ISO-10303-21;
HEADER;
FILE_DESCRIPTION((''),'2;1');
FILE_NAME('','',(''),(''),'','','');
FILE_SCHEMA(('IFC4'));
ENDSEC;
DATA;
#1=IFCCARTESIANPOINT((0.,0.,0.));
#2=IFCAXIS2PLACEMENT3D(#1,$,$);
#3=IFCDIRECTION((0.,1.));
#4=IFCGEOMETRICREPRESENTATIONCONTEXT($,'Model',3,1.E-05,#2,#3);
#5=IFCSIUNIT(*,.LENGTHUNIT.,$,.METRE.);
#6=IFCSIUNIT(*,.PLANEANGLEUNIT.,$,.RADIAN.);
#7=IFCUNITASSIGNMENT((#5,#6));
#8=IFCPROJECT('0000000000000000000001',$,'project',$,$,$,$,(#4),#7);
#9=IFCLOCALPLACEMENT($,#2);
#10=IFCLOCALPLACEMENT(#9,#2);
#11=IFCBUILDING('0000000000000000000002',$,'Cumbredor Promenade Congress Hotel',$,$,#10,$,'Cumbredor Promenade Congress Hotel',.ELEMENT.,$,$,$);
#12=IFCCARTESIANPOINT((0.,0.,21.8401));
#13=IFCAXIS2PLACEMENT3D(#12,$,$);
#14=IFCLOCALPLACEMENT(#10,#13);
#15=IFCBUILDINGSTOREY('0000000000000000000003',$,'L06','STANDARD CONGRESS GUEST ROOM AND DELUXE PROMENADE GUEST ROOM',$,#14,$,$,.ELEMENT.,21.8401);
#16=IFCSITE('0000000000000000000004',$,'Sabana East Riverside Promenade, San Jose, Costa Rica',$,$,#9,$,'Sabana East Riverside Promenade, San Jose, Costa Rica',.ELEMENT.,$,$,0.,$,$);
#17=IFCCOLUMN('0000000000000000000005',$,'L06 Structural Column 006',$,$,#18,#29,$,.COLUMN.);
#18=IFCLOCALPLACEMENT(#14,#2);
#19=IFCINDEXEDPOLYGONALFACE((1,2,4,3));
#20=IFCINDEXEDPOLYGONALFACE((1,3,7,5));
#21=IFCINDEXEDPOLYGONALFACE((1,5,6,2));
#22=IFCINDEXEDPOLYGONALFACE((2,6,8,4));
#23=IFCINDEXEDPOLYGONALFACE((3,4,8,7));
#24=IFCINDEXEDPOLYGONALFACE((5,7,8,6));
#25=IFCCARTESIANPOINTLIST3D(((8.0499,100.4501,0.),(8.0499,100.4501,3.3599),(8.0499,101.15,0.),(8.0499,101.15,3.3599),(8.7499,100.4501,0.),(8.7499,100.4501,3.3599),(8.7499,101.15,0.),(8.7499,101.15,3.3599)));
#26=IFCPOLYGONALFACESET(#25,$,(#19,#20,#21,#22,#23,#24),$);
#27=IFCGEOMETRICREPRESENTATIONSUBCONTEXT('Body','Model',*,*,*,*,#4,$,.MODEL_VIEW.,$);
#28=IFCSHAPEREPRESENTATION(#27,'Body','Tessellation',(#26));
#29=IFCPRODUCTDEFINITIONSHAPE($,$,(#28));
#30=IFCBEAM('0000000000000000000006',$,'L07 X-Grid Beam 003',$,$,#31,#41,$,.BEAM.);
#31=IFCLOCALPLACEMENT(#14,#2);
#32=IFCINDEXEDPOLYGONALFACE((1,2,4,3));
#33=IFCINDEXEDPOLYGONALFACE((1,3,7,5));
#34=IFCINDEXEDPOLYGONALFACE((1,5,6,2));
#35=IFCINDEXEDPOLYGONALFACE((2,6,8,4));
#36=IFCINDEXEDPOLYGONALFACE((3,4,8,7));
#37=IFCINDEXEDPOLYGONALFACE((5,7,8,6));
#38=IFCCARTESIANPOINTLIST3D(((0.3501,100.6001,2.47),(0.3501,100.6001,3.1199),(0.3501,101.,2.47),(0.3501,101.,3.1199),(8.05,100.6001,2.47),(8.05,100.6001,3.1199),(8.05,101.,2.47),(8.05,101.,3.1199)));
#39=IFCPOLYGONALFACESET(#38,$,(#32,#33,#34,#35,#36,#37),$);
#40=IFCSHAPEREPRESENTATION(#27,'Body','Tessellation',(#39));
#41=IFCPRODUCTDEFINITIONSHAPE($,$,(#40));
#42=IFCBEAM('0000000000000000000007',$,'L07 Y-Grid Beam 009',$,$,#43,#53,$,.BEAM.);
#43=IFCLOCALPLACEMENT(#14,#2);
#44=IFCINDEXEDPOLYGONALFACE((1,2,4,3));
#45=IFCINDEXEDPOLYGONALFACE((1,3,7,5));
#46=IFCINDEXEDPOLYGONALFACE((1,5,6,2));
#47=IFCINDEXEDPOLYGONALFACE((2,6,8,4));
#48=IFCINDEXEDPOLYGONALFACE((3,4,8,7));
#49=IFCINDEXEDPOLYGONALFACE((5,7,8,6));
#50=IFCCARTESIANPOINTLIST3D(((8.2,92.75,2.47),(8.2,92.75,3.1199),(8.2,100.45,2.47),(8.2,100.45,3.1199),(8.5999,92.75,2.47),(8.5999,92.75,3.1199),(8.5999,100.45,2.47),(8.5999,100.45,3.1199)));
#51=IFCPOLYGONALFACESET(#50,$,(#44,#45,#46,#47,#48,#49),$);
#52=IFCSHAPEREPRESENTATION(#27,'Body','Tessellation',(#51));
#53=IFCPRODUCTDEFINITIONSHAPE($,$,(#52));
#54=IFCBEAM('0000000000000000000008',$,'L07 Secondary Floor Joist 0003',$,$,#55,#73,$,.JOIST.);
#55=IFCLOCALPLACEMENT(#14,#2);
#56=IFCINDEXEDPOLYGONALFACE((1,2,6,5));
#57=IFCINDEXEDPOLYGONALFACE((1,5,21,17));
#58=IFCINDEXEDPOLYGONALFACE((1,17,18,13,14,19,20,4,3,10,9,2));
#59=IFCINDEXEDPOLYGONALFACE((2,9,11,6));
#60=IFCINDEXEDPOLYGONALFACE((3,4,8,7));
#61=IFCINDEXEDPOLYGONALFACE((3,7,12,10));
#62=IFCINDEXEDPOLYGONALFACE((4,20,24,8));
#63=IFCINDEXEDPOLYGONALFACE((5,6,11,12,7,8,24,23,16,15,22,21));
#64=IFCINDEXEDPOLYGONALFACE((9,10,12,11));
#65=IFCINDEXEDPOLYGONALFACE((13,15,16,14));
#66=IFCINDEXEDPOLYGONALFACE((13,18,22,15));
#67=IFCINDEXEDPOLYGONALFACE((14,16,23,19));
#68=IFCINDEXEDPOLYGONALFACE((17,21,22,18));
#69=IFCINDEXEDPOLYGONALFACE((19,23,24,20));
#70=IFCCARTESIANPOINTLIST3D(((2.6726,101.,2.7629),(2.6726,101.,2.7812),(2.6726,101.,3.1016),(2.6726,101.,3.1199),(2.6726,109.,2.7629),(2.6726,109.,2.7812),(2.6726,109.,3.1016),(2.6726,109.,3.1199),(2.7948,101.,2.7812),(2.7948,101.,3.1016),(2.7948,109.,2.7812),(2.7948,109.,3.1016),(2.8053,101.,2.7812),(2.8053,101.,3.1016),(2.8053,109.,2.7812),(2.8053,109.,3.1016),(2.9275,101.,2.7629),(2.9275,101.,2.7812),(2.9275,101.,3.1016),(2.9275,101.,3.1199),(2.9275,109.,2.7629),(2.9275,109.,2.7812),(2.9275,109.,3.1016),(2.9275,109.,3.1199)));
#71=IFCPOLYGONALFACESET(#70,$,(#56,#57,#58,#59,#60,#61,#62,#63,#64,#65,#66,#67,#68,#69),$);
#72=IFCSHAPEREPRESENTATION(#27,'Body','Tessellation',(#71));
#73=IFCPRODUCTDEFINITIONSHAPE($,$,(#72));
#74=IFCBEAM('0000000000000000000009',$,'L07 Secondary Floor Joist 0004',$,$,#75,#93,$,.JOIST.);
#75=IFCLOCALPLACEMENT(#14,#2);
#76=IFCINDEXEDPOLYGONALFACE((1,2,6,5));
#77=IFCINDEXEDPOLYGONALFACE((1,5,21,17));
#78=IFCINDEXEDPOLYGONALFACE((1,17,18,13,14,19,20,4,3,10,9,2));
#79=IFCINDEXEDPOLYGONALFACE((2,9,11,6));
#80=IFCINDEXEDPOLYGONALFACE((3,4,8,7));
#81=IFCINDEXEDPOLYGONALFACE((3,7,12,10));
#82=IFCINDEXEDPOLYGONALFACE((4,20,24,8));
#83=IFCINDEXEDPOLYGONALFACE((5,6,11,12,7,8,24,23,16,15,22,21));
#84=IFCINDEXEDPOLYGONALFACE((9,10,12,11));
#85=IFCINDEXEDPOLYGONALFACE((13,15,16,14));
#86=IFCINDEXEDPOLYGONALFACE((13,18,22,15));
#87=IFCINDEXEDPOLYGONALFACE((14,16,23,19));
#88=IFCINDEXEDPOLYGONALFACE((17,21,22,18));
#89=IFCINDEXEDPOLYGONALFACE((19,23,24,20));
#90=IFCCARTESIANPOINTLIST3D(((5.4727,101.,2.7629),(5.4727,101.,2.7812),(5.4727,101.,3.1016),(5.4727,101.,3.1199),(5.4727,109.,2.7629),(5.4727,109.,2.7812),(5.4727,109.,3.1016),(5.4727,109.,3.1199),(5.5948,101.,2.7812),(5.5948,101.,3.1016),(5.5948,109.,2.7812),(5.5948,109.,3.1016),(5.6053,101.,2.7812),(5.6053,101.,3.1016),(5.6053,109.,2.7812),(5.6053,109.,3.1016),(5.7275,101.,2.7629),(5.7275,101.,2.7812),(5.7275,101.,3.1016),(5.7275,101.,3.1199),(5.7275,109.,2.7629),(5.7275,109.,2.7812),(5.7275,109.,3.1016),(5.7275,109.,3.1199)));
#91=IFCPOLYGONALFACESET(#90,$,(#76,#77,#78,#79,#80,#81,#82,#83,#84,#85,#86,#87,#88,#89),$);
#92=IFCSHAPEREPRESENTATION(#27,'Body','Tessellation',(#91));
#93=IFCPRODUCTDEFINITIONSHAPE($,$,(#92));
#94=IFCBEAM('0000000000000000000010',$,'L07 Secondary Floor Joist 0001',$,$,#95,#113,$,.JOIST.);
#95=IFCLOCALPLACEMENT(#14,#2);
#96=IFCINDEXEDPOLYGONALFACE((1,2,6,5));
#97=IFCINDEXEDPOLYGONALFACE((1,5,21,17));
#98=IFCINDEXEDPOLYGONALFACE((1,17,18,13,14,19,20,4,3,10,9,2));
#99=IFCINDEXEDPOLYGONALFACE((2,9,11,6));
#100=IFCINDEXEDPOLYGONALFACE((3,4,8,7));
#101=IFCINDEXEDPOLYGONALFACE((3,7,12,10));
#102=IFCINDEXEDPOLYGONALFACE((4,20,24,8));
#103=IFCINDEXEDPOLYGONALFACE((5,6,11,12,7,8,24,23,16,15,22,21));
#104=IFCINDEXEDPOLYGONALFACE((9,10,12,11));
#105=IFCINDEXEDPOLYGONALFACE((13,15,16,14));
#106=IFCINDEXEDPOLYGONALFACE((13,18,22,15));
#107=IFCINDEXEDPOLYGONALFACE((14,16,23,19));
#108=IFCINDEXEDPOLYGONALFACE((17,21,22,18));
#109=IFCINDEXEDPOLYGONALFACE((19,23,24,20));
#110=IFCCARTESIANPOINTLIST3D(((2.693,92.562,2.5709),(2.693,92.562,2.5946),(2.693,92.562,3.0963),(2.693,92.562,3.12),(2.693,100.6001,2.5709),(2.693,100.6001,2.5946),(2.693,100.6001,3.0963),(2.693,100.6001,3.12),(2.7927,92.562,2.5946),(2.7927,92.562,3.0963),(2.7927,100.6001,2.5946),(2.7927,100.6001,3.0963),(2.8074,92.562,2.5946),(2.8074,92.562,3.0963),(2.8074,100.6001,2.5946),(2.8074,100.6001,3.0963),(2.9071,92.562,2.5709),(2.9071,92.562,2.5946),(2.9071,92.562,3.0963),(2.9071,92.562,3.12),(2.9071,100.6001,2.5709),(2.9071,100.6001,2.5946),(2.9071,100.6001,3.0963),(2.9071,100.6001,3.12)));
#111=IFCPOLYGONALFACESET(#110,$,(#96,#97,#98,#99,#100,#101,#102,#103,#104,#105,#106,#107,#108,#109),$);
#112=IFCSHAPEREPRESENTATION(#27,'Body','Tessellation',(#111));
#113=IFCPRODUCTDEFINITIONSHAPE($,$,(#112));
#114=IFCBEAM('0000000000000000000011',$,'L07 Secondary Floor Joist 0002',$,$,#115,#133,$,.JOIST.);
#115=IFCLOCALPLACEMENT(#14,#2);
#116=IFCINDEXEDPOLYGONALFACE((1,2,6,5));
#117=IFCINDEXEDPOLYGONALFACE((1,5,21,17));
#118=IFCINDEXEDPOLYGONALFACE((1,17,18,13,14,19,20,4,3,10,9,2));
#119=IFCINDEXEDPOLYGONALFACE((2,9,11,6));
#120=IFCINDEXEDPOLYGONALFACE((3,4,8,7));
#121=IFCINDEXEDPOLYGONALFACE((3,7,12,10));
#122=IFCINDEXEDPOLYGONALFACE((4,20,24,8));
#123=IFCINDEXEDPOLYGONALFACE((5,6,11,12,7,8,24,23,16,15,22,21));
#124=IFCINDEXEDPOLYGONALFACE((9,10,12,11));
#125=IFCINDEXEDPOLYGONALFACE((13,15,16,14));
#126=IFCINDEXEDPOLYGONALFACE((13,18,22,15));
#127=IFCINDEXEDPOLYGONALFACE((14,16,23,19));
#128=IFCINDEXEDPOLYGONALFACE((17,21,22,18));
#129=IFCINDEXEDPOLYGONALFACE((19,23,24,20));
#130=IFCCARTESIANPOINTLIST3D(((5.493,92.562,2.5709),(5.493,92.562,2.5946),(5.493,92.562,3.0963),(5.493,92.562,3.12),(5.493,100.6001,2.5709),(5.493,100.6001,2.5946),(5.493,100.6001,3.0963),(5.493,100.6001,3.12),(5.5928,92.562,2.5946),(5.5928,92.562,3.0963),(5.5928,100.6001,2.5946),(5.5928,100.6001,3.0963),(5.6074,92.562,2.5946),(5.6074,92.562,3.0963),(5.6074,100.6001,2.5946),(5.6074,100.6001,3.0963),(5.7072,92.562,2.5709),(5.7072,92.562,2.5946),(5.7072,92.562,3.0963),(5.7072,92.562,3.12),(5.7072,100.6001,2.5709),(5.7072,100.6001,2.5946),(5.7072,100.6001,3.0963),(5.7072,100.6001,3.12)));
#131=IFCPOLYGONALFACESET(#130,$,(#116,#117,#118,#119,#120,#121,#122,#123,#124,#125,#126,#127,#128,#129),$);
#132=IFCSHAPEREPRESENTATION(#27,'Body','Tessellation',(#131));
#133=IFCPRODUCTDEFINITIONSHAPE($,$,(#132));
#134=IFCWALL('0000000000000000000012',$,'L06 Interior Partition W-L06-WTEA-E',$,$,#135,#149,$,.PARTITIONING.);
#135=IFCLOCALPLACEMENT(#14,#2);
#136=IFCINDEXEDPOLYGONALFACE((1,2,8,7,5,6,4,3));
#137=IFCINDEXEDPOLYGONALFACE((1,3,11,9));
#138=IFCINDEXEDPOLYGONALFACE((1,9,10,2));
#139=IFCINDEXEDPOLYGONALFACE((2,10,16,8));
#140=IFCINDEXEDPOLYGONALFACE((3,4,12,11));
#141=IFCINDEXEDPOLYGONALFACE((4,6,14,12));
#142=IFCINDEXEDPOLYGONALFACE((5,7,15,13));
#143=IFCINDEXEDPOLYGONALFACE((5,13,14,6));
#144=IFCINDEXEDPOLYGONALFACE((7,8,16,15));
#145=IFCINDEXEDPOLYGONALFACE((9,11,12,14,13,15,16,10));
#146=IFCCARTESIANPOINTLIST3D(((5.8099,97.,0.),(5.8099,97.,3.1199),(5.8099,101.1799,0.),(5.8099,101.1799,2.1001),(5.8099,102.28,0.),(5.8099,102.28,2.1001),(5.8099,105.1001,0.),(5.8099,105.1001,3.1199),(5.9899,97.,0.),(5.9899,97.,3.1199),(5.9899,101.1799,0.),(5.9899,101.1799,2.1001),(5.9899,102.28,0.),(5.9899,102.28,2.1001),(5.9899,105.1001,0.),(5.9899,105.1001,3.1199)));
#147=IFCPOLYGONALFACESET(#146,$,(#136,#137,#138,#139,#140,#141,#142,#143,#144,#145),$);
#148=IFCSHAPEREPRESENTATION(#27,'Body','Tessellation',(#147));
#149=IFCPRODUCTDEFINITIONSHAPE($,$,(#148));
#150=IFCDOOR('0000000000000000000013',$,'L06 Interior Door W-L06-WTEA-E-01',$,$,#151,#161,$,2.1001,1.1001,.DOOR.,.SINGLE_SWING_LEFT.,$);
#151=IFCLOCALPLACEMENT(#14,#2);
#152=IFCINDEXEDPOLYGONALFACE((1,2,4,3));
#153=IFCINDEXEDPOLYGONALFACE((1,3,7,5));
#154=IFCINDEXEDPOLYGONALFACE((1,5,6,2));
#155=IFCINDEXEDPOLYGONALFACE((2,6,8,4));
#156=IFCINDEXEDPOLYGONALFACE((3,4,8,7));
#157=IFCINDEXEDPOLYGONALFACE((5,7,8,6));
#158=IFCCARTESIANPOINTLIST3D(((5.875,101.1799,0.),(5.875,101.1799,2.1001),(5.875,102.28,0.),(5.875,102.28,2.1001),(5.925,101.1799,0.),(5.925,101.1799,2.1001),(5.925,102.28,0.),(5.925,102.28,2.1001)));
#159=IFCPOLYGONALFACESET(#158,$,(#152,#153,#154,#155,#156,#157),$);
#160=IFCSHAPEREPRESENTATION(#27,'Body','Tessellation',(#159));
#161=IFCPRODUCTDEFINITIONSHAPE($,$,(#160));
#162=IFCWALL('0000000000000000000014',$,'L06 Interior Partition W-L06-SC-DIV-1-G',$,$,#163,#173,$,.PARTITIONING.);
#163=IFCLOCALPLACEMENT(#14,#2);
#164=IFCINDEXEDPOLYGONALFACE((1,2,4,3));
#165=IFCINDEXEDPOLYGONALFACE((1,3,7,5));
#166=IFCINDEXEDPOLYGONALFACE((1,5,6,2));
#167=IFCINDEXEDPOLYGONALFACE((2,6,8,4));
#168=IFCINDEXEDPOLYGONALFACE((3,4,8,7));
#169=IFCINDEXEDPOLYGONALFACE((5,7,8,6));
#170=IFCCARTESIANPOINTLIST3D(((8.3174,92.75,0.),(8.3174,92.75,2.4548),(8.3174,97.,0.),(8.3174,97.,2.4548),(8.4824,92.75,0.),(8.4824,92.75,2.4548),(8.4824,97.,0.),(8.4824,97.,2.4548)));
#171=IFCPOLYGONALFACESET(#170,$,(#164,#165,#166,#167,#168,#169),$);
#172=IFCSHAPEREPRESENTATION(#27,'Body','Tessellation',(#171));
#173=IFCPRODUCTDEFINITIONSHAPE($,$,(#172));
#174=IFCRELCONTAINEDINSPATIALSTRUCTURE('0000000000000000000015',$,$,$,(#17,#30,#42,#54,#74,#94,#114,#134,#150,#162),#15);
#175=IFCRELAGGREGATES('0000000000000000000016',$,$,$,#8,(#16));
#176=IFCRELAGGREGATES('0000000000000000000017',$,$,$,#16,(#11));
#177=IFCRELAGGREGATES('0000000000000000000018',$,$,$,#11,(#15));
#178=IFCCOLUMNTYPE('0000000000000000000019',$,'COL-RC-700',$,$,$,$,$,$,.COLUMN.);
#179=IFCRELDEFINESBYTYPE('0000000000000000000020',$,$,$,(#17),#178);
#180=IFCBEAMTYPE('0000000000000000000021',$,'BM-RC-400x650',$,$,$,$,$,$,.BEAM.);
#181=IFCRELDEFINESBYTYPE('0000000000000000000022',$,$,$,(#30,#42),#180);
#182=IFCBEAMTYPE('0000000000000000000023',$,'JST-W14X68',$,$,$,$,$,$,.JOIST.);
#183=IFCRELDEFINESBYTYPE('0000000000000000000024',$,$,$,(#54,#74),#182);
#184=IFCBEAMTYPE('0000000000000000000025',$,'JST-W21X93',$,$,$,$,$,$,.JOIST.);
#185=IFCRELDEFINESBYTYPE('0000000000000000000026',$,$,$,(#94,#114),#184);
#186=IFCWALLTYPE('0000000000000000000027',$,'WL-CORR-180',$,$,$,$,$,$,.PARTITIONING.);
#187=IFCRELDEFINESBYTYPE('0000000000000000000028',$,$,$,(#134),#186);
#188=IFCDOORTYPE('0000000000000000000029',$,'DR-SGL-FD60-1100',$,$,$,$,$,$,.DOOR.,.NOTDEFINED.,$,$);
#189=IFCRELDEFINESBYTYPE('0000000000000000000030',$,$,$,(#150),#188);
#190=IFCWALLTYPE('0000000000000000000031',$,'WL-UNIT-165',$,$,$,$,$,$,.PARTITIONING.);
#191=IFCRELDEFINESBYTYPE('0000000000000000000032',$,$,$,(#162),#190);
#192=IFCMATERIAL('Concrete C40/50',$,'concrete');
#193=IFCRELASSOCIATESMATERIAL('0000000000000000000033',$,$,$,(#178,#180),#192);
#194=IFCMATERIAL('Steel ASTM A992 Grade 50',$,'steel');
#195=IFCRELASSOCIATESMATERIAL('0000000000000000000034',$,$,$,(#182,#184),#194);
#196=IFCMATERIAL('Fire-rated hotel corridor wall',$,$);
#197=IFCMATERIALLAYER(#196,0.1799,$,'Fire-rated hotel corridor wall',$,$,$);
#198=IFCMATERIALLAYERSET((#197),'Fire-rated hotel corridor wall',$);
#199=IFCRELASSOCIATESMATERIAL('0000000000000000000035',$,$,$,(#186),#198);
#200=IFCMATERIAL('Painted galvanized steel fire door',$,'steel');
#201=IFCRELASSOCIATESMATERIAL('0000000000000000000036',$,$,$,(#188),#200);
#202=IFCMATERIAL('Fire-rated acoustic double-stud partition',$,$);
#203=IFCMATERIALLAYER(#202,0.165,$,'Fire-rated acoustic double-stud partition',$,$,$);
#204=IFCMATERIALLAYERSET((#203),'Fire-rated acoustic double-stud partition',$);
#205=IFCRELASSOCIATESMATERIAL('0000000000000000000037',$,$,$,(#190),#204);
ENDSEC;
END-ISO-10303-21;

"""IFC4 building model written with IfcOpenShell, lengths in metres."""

from ifc_helpers import new_model, si_unit, direction, frame, frame_2d, origin, origin_2d, place, context, subcontext, project, spatial, rectangle, i_section, extrude, material, layer, layer_set, material_profile, profile_set, type_object, element, fill, save


model = new_model("IFC4")

# Units and contexts
model_context = context("Model", 3, precision=1e-05, world=origin(), true_north=direction((0.0, 1.0)))
body_context = subcontext(model_context, "Body", "Model", "MODEL_VIEW")
ifc_project = project(units=[si_unit("LENGTHUNIT", "METRE"), si_unit("PLANEANGLEUNIT", "RADIAN")], contexts=[model_context])

# Site, building, storey
site_placement = place(None, origin())
site = spatial("IfcSite", under=ifc_project, at=site_placement, Name="Sabana East Riverside Promenade, San Jose, Costa Rica", LongName="Sabana East Riverside Promenade, San Jose, Costa Rica", CompositionType="ELEMENT", RefElevation=0.0)
building_placement = place(site_placement, origin())
building = spatial("IfcBuilding", under=site, at=building_placement, Name="Cumbredor Promenade Congress Hotel", LongName="Cumbredor Promenade Congress Hotel", CompositionType="ELEMENT")
storey_placement = place(building_placement, frame((0.0, 0.0, 21.8401)))
storey = spatial("IfcBuildingStorey", under=building, at=storey_placement, Name="L06", Description="STANDARD CONGRESS GUEST ROOM AND DELUXE PROMENADE GUEST ROOM", CompositionType="ELEMENT", Elevation=21.8401)

# Column
ifc_material_1 = material(Name="Concrete C40/50", Category="concrete")
ifc_material_profile_1 = material_profile(ifc_material_1, rectangle(XDim=0.7, YDim=0.7, at=origin_2d()), Name="RC 700x700")
ifc_profile_set_1 = profile_set([ifc_material_profile_1], Name="Concrete C40/50")
column_type = type_object("IfcColumnType", Name="COL-RC-700", PredefinedType="COLUMN", material=ifc_profile_set_1)
column_placement = place(storey_placement, frame((8.3999, 100.8, 0.0), z_axis=(0.0, 0.0, 1.0), x_axis=(1.0, 0.0, 0.0)))
element("IfcColumn", 1, at=column_placement, inside=storey, type_object=column_type, Name="L06 Structural Column 006", PredefinedType="COLUMN", context=body_context, shape_type="SweptSolid", body=[
    extrude(rectangle(XDim=0.7, YDim=0.7, at=origin_2d()), origin(), (0.0, 0.0, 1.0), 3.3599),
])

# Beams
ifc_material_profile_2 = material_profile(ifc_material_1, rectangle(XDim=0.3999, YDim=0.6499, at=origin_2d()), Name="RC BEAM 400x650")
ifc_profile_set_2 = profile_set([ifc_material_profile_2], Name="Concrete C40/50")
beam_type_1 = type_object("IfcBeamType", Name="BM-RC-400x650", PredefinedType="BEAM", material=ifc_profile_set_2)
for number, where, z_axis, x_axis, name in (
    (2, (0.3501, 100.8, 2.7949), (1.0, 0.0, 0.0), (0.0, 1.0, 0.0), "L07 X-Grid Beam 003"),
    (3, (8.3999, 92.75, 2.7949), (0.0, 1.0, 0.0), (-1.0, 0.0, 0.0), "L07 Y-Grid Beam 009"),
):
    element("IfcBeam", number, at=place(storey_placement, frame(where, z_axis=z_axis, x_axis=x_axis)), inside=storey, type_object=beam_type_1, Name=name, PredefinedType="BEAM", context=body_context, shape_type="SweptSolid", body=[
        extrude(rectangle(XDim=0.3999, YDim=0.6499, at=origin_2d()), origin(), (0.0, 0.0, 1.0), 7.7),
    ])
ifc_material_2 = material(Name="Steel ASTM A992 Grade 50", Category="steel")
ifc_material_profile_3 = material_profile(ifc_material_2, i_section(OverallWidth=0.2549, OverallDepth=0.3569, WebThickness=0.0105, FlangeThickness=0.0183, at=origin_2d()), Name="W14X68")
ifc_profile_set_3 = profile_set([ifc_material_profile_3], Name="Steel ASTM A992 Grade 50")
beam_type_2 = type_object("IfcBeamType", Name="JST-W14X68", PredefinedType="JOIST", material=ifc_profile_set_3)
for number, where, z_axis, x_axis, name in (
    (4, (2.8, 101.0, 2.9414), (0.0, 1.0, 0.0), (-1.0, 0.0, 0.0), "L07 Secondary Floor Joist 0003"),
    (5, (5.6001, 101.0, 2.9414), (0.0, 1.0, 0.0), (-1.0, 0.0, 0.0), "L07 Secondary Floor Joist 0004"),
):
    element("IfcBeam", number, at=place(storey_placement, frame(where, z_axis=z_axis, x_axis=x_axis)), inside=storey, type_object=beam_type_2, Name=name, PredefinedType="JOIST", context=body_context, shape_type="SweptSolid", body=[
        extrude(i_section(OverallWidth=0.2549, OverallDepth=0.3569, WebThickness=0.0105, FlangeThickness=0.0183, at=origin_2d()), origin(), (0.0, 0.0, 1.0), 8.0),
    ])
ifc_material_profile_4 = material_profile(ifc_material_2, i_section(OverallWidth=0.2141, OverallDepth=0.5491, WebThickness=0.0146, FlangeThickness=0.0237, at=origin_2d()), Name="W21X93")
ifc_profile_set_4 = profile_set([ifc_material_profile_4], Name="Steel ASTM A992 Grade 50")
beam_type_3 = type_object("IfcBeamType", Name="JST-W21X93", PredefinedType="JOIST", material=ifc_profile_set_4)
for number, where, z_axis, x_axis, name in (
    (6, (2.8, 92.562, 2.8455), (0.0, 1.0, 0.0), (-1.0, 0.0, 0.0), "L07 Secondary Floor Joist 0001"),
    (7, (5.6001, 92.562, 2.8455), (0.0, 1.0, 0.0), (-1.0, 0.0, 0.0), "L07 Secondary Floor Joist 0002"),
):
    element("IfcBeam", number, at=place(storey_placement, frame(where, z_axis=z_axis, x_axis=x_axis)), inside=storey, type_object=beam_type_3, Name=name, PredefinedType="JOIST", context=body_context, shape_type="SweptSolid", body=[
        extrude(i_section(OverallWidth=0.2141, OverallDepth=0.5491, WebThickness=0.0146, FlangeThickness=0.0237, at=origin_2d()), origin(), (0.0, 0.0, 1.0), 8.0381),
    ])

# Wall, opening, door
ifc_material_3 = material(Name="Fire-rated hotel corridor wall")
ifc_layer_1 = layer(ifc_material_3, 0.1799, Name="Fire-rated hotel corridor wall")
ifc_layer_set_1 = layer_set([ifc_layer_1], Name="Fire-rated hotel corridor wall")
wall_type_1 = type_object("IfcWallType", Name="WL-CORR-180", PredefinedType="PARTITIONING", material=ifc_layer_set_1)
wall_1_placement = place(storey_placement, frame((5.8999, 97.0, 0.0), z_axis=(0.0, 0.0, 1.0), x_axis=(0.0, 1.0, 0.0)))
wall_1 = element("IfcWall", 8, at=wall_1_placement, inside=storey, type_object=wall_type_1, Name="L06 Interior Partition W-L06-WTEA-E", PredefinedType="PARTITIONING", context=body_context, shape_type="SweptSolid", body=[
    extrude(rectangle(XDim=8.1001, YDim=0.1799, at=frame_2d((4.05, 0.0))), origin(), (0.0, 0.0, 1.0), 3.1199),
])
opening_placement = place(wall_1_placement, frame((4.1799, 0.0, 0.0)))
opening = element("IfcOpeningElement", 9, at=opening_placement, cuts=wall_1, PredefinedType="OPENING", context=body_context, shape_type="SweptSolid", body=[
    extrude(rectangle(XDim=1.1001, YDim=2.1001, at=frame_2d((0.55, 1.05))), frame((0.0, 0.1001, 0.0), z_axis=(0.0, -1.0, 0.0), x_axis=(1.0, 0.0, 0.0)), (0.0, 0.0, 1.0), 0.2),
])
ifc_material_4 = material(Name="Painted galvanized steel fire door", Category="steel")
door_type = type_object("IfcDoorType", Name="DR-SGL-FD60-1100", OperationType="NOTDEFINED", PredefinedType="DOOR", material=ifc_material_4)
door_placement = place(opening_placement, origin())
door = element("IfcDoor", 10, at=door_placement, inside=storey, type_object=door_type, Name="L06 Interior Door W-L06-WTEA-E-01", OperationType="SINGLE_SWING_LEFT", OverallHeight=2.1001, OverallWidth=1.1001, PredefinedType="DOOR", context=body_context, shape_type="SweptSolid", body=[
    extrude(rectangle(XDim=1.1001, YDim=2.1001, at=frame_2d((0.55, 1.05))), frame((0.0, 0.0249, 0.0), z_axis=(0.0, -1.0, 0.0), x_axis=(1.0, 0.0, 0.0)), (0.0, 0.0, 1.0), 0.05),
])
fill(opening, door)

# Wall
ifc_material_5 = material(Name="Fire-rated acoustic double-stud partition")
ifc_layer_2 = layer(ifc_material_5, 0.165, Name="Fire-rated acoustic double-stud partition")
ifc_layer_set_2 = layer_set([ifc_layer_2], Name="Fire-rated acoustic double-stud partition")
wall_type_2 = type_object("IfcWallType", Name="WL-UNIT-165", PredefinedType="PARTITIONING", material=ifc_layer_set_2)
wall_2_placement = place(storey_placement, frame((8.3999, 92.75, 0.0), z_axis=(0.0, 0.0, 1.0), x_axis=(0.0, 1.0, 0.0)))
element("IfcWall", 11, at=wall_2_placement, inside=storey, type_object=wall_type_2, Name="L06 Interior Partition W-L06-SC-DIV-1-G", PredefinedType="PARTITIONING", context=body_context, shape_type="SweptSolid", body=[
    extrude(rectangle(XDim=4.25, YDim=0.165, at=frame_2d((2.125, 0.0))), origin(), (0.0, 0.0, 1.0), 2.4548),
])

save(model, "model.ifc")
